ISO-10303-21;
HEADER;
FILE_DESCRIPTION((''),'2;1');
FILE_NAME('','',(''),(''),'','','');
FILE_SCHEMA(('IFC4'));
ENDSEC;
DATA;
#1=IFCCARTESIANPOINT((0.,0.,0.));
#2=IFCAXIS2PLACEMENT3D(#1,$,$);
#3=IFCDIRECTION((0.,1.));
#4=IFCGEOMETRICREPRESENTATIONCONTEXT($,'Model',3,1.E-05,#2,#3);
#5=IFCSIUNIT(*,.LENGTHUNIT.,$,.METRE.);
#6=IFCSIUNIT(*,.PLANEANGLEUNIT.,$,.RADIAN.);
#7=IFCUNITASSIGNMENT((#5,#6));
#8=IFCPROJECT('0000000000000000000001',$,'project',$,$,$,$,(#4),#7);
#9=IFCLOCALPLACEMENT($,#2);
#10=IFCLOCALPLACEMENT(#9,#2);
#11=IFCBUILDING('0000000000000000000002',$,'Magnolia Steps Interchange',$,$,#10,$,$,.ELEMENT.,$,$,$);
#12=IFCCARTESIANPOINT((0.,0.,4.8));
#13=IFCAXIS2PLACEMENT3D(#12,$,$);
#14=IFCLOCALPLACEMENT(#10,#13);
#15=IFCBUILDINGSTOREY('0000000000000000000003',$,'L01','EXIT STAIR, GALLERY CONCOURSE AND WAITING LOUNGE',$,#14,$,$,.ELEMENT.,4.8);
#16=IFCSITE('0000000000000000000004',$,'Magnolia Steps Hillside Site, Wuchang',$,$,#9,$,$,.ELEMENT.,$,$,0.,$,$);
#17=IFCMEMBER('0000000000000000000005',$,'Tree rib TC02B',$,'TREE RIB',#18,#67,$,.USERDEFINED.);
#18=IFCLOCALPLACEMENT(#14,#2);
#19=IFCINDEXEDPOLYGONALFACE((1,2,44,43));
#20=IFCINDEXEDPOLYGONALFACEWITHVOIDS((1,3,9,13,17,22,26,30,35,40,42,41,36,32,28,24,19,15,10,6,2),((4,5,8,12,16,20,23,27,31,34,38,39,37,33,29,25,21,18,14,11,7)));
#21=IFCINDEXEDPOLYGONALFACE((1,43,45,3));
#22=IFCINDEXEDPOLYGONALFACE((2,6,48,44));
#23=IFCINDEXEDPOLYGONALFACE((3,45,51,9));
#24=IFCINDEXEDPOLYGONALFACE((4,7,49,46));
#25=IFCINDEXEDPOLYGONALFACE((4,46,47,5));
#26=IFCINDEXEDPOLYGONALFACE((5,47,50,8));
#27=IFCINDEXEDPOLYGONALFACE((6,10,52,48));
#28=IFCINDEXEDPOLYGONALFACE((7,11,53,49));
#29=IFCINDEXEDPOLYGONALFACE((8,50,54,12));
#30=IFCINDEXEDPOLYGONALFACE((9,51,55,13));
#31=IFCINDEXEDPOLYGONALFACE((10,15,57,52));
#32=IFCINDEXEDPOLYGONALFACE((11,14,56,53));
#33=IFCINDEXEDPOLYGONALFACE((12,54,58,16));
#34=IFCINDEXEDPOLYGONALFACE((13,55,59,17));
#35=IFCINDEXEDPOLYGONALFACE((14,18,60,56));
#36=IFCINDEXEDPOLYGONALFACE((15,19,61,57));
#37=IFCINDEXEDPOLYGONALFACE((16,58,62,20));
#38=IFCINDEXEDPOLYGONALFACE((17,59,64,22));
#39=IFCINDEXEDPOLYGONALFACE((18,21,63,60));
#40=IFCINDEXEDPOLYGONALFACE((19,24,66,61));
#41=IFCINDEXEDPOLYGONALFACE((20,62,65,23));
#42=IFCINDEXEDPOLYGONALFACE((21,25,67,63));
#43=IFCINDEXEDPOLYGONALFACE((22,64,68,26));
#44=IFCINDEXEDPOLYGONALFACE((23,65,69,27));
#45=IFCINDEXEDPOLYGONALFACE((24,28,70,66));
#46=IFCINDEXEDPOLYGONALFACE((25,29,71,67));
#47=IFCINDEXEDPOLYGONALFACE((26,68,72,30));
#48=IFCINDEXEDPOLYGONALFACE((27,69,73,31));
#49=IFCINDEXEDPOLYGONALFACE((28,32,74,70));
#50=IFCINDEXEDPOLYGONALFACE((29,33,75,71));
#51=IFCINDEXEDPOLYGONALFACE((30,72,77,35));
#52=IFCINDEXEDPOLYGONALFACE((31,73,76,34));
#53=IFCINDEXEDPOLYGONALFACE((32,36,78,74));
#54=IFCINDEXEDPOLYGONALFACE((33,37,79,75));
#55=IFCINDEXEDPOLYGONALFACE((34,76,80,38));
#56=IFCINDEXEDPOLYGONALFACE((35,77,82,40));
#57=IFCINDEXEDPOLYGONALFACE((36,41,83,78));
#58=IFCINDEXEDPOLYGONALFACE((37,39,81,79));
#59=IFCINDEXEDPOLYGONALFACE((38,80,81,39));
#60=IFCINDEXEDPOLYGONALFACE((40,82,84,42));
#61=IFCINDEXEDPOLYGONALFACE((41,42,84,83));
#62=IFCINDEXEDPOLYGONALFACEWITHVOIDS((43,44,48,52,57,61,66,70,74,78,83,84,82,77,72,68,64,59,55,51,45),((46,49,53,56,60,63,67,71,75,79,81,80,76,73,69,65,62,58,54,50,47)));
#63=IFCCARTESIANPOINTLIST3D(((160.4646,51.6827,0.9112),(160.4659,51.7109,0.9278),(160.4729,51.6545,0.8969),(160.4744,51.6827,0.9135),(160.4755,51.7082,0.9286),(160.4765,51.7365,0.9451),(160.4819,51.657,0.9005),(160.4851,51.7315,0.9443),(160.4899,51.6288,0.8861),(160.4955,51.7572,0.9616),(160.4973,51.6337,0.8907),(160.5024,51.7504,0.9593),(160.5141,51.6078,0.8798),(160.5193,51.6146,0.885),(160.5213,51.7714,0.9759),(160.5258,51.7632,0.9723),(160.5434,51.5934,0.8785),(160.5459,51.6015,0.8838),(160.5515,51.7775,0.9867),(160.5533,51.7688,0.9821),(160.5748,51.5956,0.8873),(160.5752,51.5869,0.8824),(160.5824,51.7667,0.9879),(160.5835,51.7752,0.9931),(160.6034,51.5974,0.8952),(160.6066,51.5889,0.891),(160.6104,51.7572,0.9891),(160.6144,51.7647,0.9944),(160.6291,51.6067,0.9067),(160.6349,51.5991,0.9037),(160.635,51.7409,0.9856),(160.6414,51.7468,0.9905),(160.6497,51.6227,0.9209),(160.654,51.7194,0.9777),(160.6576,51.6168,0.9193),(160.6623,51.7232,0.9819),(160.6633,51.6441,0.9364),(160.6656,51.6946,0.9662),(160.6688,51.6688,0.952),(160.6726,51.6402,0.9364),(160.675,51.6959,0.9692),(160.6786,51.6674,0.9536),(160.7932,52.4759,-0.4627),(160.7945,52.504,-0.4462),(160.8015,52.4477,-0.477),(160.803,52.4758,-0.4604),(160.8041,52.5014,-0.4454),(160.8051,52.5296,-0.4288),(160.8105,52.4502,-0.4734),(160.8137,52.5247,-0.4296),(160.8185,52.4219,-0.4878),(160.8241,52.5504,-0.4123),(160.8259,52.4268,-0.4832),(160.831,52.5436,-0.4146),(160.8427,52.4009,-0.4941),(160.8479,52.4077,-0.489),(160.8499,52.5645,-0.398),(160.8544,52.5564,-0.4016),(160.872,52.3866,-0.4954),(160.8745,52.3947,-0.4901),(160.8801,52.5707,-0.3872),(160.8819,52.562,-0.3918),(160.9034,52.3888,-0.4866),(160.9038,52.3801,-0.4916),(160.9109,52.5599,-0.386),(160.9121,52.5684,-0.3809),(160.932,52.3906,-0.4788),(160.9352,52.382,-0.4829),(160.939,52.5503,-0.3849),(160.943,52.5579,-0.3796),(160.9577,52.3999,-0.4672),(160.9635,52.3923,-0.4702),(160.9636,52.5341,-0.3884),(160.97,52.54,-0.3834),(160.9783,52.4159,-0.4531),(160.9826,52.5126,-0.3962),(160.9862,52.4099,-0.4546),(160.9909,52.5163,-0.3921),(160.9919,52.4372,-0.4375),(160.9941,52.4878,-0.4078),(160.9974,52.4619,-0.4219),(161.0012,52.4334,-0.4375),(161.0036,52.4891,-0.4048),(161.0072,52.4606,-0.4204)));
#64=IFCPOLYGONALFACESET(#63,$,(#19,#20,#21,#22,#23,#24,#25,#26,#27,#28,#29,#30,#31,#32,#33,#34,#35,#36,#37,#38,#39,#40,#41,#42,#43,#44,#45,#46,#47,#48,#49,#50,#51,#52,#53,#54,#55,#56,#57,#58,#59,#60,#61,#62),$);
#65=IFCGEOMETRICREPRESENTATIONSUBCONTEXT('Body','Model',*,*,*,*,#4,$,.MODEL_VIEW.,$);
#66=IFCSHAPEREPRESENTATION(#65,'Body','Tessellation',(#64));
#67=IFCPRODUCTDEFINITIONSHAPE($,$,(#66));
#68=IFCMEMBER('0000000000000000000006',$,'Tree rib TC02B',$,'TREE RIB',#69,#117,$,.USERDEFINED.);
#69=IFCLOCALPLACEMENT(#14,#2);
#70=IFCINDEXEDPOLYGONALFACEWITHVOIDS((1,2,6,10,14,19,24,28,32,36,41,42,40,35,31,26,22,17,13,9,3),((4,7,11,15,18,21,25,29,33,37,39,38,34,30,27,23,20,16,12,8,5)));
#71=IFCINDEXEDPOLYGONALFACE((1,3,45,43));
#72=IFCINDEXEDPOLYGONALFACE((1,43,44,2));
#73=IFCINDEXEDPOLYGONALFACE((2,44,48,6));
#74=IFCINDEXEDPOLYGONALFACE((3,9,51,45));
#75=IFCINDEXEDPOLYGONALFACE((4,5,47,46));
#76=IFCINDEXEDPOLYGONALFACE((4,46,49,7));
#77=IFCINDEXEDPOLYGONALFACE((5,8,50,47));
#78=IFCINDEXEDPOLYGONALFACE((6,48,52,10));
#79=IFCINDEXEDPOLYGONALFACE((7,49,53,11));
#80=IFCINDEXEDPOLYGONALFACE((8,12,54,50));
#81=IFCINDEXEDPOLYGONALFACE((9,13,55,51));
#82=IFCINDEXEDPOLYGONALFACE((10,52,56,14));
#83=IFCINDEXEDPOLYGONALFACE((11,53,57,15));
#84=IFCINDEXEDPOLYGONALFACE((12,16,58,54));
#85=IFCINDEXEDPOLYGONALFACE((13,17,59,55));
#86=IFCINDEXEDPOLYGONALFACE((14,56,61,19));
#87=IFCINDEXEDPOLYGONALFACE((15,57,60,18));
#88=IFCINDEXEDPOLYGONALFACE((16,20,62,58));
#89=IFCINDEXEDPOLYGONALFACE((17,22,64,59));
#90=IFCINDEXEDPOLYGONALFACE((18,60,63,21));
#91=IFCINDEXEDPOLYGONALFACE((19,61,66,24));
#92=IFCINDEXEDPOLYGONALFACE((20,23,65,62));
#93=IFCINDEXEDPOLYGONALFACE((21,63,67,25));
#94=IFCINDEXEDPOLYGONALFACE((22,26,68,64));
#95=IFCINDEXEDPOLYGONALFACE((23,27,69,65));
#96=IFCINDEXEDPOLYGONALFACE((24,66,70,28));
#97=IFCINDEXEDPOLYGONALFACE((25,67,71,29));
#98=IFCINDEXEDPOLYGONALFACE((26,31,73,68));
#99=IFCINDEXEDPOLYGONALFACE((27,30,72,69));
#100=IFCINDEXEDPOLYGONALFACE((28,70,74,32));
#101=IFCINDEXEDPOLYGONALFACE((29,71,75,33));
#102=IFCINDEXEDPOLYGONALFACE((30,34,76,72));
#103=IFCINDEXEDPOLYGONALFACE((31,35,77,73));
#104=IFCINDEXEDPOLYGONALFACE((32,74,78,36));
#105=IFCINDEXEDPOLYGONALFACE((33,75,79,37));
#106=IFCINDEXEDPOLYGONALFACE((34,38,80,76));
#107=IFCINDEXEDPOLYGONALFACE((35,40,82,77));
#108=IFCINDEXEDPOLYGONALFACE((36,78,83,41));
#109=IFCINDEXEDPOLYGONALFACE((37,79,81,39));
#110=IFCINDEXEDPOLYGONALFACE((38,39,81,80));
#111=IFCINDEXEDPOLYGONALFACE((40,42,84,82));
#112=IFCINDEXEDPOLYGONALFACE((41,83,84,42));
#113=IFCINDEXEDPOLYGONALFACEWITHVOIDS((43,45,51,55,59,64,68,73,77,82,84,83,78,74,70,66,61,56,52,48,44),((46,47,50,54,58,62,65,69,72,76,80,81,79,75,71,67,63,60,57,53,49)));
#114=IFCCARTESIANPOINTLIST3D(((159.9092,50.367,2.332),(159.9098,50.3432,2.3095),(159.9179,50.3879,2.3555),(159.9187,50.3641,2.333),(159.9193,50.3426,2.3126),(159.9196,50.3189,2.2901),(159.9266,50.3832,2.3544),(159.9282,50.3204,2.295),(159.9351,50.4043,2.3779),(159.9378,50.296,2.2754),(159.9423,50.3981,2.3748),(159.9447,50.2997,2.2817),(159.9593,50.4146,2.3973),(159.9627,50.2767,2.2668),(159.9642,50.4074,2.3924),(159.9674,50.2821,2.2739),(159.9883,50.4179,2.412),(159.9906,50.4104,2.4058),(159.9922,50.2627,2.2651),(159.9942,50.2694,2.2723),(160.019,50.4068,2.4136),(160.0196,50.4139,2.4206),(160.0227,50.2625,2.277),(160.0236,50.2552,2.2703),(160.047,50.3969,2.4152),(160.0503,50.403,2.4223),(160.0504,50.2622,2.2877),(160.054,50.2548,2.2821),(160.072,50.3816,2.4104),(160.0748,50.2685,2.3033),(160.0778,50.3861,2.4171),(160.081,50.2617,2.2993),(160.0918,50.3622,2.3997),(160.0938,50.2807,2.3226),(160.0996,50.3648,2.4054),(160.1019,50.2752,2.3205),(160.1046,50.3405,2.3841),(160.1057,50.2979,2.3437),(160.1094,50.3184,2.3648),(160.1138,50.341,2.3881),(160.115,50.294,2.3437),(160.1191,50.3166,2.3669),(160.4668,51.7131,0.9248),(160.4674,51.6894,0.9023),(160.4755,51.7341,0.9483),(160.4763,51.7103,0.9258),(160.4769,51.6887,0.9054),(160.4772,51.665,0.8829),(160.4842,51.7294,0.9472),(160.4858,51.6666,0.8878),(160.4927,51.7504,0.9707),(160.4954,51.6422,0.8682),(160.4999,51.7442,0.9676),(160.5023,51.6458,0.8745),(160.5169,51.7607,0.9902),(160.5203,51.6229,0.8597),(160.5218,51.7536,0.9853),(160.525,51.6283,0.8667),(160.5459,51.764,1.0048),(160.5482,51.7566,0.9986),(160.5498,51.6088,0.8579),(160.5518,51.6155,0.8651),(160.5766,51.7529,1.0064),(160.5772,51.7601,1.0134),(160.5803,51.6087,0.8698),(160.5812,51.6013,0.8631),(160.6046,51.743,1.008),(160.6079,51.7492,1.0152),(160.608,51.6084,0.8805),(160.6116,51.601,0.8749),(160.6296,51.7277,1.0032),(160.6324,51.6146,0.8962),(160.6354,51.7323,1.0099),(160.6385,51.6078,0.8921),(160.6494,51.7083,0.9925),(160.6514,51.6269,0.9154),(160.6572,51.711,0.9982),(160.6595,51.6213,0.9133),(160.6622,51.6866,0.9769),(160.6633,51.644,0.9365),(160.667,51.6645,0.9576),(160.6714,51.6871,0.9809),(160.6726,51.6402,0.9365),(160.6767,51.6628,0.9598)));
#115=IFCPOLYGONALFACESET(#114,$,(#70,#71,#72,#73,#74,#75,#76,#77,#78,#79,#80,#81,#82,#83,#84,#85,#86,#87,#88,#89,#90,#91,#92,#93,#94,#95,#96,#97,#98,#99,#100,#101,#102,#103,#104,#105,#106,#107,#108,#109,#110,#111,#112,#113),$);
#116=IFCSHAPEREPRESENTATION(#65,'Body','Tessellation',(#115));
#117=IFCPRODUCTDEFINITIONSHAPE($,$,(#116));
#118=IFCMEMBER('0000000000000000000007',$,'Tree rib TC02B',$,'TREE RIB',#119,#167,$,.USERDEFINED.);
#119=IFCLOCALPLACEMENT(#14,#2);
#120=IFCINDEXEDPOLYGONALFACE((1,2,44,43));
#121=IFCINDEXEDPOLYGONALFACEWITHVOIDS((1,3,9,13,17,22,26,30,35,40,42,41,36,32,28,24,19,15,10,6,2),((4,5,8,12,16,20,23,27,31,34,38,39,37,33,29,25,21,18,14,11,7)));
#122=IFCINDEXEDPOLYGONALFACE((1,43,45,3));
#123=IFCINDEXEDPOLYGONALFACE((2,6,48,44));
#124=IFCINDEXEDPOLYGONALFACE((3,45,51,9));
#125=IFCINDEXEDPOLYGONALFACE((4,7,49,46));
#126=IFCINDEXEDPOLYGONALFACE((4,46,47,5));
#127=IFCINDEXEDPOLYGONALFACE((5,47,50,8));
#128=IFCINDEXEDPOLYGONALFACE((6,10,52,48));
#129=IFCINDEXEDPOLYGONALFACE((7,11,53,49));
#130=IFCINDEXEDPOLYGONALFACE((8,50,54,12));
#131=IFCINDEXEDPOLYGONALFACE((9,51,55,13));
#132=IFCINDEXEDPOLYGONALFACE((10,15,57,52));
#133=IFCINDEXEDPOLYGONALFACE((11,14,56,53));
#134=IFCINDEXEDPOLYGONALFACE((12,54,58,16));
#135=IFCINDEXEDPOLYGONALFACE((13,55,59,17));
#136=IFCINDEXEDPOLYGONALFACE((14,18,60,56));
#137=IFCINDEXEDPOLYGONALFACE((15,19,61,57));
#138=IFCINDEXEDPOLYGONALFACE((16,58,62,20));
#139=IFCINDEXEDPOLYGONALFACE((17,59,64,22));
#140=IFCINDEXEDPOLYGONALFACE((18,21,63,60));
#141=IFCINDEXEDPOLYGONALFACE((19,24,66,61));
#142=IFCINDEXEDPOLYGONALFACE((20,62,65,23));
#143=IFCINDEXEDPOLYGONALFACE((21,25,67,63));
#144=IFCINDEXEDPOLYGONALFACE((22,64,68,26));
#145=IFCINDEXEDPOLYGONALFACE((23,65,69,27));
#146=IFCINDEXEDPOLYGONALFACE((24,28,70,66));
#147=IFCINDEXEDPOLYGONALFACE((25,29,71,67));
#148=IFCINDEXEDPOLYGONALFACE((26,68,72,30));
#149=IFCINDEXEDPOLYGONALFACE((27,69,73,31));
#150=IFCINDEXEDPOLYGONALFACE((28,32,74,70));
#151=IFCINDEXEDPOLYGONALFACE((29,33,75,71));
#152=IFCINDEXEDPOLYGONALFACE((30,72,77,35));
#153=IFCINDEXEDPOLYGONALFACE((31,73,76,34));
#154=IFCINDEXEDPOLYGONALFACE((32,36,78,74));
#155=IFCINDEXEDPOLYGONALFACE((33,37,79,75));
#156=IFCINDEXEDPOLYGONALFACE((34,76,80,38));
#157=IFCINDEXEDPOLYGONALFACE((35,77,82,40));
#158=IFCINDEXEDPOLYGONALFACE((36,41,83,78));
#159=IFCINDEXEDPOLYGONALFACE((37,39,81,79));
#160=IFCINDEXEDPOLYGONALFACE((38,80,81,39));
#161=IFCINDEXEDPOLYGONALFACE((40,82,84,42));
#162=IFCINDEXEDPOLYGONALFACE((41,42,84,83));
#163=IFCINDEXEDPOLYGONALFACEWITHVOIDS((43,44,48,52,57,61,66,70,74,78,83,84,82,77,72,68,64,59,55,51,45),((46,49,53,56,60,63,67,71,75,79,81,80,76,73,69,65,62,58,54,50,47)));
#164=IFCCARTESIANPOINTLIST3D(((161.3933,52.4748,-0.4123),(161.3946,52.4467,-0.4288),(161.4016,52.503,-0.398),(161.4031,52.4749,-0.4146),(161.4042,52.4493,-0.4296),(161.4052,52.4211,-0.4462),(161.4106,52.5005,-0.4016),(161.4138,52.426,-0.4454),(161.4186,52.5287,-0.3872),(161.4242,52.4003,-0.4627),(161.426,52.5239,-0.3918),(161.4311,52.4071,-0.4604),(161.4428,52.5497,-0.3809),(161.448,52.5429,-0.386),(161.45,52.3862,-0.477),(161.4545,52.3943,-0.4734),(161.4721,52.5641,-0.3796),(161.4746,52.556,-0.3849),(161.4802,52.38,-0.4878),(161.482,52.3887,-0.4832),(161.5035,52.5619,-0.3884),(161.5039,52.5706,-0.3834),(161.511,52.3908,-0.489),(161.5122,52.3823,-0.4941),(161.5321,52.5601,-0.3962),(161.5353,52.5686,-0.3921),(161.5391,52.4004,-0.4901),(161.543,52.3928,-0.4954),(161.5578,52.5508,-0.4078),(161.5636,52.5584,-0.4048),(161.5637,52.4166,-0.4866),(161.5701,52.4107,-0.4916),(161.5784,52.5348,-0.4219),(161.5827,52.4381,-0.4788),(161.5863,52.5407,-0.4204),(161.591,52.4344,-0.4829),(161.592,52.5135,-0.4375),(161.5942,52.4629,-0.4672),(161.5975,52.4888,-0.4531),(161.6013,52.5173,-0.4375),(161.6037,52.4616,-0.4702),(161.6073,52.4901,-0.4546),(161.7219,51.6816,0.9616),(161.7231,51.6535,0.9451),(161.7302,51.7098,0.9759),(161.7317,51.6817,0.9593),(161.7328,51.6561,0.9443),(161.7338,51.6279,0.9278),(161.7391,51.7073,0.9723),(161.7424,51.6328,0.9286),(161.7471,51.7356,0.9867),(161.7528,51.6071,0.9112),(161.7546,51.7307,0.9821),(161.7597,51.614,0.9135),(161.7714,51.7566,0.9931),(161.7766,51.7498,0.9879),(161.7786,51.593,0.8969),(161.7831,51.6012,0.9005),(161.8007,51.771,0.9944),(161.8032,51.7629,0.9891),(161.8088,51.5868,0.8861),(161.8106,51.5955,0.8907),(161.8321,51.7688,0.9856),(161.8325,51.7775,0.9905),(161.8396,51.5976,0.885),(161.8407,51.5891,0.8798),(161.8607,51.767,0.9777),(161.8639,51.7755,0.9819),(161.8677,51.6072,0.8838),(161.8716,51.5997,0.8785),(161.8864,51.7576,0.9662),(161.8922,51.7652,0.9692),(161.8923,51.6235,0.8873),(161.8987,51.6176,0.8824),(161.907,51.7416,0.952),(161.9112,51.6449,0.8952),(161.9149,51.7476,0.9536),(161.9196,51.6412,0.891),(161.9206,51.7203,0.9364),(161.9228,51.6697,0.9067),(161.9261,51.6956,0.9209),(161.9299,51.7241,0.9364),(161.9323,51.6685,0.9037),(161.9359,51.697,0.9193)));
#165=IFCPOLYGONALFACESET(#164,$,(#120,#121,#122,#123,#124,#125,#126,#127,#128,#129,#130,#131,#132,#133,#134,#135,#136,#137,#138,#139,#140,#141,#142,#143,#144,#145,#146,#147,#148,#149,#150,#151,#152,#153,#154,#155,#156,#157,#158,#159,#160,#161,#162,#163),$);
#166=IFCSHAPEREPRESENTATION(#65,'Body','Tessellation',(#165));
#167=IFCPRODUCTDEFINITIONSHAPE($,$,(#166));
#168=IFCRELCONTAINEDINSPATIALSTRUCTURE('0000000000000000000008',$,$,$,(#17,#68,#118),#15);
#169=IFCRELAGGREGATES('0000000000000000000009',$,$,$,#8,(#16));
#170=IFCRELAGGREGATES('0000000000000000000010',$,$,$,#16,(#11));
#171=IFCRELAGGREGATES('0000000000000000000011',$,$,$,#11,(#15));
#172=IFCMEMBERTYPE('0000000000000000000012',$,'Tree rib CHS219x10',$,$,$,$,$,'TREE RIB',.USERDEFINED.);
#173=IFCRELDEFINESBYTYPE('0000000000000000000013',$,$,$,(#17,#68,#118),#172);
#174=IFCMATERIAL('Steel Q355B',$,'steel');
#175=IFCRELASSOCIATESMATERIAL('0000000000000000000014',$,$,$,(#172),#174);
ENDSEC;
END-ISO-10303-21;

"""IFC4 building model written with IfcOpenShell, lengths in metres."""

from ifc_helpers import new_model, si_unit, direction, frame, origin, origin_2d, place, context, subcontext, project, spatial, hollow_circle, extrude, material, material_profile, profile_set, type_object, element, save


model = new_model("IFC4")

# Units and contexts
model_context = context("Model", 3, precision=1e-05, world=origin(), true_north=direction((0.0, 1.0)))
body_context = subcontext(model_context, "Body", "Model", "MODEL_VIEW")
ifc_project = project(units=[si_unit("LENGTHUNIT", "METRE"), si_unit("PLANEANGLEUNIT", "RADIAN")], contexts=[model_context])

# Site, building, storey
site_placement = place(None, origin())
site = spatial("IfcSite", under=ifc_project, at=site_placement, Name="Magnolia Steps Hillside Site, Wuchang", CompositionType="ELEMENT", RefElevation=0.0)
building_placement = place(site_placement, origin())
building = spatial("IfcBuilding", under=site, at=building_placement, Name="Magnolia Steps Interchange", CompositionType="ELEMENT")
storey_placement = place(building_placement, frame((0.0, 0.0, 4.8)))
storey = spatial("IfcBuildingStorey", under=building, at=storey_placement, Name="L01", Description="EXIT STAIR, GALLERY CONCOURSE AND WAITING LOUNGE", CompositionType="ELEMENT", Elevation=4.8)

# Members
ifc_material_1 = material(Name="Steel Q355B", Category="steel")
ifc_material_profile_1 = material_profile(ifc_material_1, hollow_circle(Radius=0.1096, WallThickness=0.01, at=origin_2d()), Name="CHS219x10")
ifc_profile_set_1 = profile_set([ifc_material_profile_1], Name="Steel Q355B")
member_type = type_object("IfcMemberType", Name="Tree rib CHS219x10", ElementType="TREE RIB", PredefinedType="USERDEFINED", material=ifc_profile_set_1)
member_1_placement = place(storey_placement, frame((160.8999, 52.4753, -0.4375), z_axis=(-0.20282, -0.489571, 0.848047), x_axis=(0.923857, -0.382737, 0.0)))
element("IfcMember", 1, at=member_1_placement, inside=storey, type_object=member_type, Name="Tree rib TC02B", ObjectType="TREE RIB", PredefinedType="USERDEFINED", context=body_context, shape_type="SweptSolid", body=[
    extrude(hollow_circle(Radius=0.1096, WallThickness=0.01, at=origin_2d()), origin(), (0.0, 0.0, 1.0), 1.6201),
])
member_2_placement = place(storey_placement, frame((160.5713, 51.6821, 0.9365), z_axis=(-0.275272, -0.664557, 0.694687), x_axis=(0.923878, -0.382687, 0.0)))
element("IfcMember", 2, at=member_2_placement, inside=storey, type_object=member_type, Name="Tree rib TC02B", ObjectType="TREE RIB", PredefinedType="USERDEFINED", context=body_context, shape_type="SweptSolid", body=[
    extrude(hollow_circle(Radius=0.1096, WallThickness=0.01, at=origin_2d()), origin(), (0.0, 0.0, 1.0), 2.0256),
])
member_3_placement = place(storey_placement, frame((161.5, 52.4753, -0.4375), z_axis=(0.20282, -0.489571, 0.848047), x_axis=(0.923857, 0.382737, 0.0)))
element("IfcMember", 3, at=member_3_placement, inside=storey, type_object=member_type, Name="Tree rib TC02B", ObjectType="TREE RIB", PredefinedType="USERDEFINED", context=body_context, shape_type="SweptSolid", body=[
    extrude(hollow_circle(Radius=0.1096, WallThickness=0.01, at=origin_2d()), origin(), (0.0, 0.0, 1.0), 1.6201),
])

save(model, "model.ifc")
